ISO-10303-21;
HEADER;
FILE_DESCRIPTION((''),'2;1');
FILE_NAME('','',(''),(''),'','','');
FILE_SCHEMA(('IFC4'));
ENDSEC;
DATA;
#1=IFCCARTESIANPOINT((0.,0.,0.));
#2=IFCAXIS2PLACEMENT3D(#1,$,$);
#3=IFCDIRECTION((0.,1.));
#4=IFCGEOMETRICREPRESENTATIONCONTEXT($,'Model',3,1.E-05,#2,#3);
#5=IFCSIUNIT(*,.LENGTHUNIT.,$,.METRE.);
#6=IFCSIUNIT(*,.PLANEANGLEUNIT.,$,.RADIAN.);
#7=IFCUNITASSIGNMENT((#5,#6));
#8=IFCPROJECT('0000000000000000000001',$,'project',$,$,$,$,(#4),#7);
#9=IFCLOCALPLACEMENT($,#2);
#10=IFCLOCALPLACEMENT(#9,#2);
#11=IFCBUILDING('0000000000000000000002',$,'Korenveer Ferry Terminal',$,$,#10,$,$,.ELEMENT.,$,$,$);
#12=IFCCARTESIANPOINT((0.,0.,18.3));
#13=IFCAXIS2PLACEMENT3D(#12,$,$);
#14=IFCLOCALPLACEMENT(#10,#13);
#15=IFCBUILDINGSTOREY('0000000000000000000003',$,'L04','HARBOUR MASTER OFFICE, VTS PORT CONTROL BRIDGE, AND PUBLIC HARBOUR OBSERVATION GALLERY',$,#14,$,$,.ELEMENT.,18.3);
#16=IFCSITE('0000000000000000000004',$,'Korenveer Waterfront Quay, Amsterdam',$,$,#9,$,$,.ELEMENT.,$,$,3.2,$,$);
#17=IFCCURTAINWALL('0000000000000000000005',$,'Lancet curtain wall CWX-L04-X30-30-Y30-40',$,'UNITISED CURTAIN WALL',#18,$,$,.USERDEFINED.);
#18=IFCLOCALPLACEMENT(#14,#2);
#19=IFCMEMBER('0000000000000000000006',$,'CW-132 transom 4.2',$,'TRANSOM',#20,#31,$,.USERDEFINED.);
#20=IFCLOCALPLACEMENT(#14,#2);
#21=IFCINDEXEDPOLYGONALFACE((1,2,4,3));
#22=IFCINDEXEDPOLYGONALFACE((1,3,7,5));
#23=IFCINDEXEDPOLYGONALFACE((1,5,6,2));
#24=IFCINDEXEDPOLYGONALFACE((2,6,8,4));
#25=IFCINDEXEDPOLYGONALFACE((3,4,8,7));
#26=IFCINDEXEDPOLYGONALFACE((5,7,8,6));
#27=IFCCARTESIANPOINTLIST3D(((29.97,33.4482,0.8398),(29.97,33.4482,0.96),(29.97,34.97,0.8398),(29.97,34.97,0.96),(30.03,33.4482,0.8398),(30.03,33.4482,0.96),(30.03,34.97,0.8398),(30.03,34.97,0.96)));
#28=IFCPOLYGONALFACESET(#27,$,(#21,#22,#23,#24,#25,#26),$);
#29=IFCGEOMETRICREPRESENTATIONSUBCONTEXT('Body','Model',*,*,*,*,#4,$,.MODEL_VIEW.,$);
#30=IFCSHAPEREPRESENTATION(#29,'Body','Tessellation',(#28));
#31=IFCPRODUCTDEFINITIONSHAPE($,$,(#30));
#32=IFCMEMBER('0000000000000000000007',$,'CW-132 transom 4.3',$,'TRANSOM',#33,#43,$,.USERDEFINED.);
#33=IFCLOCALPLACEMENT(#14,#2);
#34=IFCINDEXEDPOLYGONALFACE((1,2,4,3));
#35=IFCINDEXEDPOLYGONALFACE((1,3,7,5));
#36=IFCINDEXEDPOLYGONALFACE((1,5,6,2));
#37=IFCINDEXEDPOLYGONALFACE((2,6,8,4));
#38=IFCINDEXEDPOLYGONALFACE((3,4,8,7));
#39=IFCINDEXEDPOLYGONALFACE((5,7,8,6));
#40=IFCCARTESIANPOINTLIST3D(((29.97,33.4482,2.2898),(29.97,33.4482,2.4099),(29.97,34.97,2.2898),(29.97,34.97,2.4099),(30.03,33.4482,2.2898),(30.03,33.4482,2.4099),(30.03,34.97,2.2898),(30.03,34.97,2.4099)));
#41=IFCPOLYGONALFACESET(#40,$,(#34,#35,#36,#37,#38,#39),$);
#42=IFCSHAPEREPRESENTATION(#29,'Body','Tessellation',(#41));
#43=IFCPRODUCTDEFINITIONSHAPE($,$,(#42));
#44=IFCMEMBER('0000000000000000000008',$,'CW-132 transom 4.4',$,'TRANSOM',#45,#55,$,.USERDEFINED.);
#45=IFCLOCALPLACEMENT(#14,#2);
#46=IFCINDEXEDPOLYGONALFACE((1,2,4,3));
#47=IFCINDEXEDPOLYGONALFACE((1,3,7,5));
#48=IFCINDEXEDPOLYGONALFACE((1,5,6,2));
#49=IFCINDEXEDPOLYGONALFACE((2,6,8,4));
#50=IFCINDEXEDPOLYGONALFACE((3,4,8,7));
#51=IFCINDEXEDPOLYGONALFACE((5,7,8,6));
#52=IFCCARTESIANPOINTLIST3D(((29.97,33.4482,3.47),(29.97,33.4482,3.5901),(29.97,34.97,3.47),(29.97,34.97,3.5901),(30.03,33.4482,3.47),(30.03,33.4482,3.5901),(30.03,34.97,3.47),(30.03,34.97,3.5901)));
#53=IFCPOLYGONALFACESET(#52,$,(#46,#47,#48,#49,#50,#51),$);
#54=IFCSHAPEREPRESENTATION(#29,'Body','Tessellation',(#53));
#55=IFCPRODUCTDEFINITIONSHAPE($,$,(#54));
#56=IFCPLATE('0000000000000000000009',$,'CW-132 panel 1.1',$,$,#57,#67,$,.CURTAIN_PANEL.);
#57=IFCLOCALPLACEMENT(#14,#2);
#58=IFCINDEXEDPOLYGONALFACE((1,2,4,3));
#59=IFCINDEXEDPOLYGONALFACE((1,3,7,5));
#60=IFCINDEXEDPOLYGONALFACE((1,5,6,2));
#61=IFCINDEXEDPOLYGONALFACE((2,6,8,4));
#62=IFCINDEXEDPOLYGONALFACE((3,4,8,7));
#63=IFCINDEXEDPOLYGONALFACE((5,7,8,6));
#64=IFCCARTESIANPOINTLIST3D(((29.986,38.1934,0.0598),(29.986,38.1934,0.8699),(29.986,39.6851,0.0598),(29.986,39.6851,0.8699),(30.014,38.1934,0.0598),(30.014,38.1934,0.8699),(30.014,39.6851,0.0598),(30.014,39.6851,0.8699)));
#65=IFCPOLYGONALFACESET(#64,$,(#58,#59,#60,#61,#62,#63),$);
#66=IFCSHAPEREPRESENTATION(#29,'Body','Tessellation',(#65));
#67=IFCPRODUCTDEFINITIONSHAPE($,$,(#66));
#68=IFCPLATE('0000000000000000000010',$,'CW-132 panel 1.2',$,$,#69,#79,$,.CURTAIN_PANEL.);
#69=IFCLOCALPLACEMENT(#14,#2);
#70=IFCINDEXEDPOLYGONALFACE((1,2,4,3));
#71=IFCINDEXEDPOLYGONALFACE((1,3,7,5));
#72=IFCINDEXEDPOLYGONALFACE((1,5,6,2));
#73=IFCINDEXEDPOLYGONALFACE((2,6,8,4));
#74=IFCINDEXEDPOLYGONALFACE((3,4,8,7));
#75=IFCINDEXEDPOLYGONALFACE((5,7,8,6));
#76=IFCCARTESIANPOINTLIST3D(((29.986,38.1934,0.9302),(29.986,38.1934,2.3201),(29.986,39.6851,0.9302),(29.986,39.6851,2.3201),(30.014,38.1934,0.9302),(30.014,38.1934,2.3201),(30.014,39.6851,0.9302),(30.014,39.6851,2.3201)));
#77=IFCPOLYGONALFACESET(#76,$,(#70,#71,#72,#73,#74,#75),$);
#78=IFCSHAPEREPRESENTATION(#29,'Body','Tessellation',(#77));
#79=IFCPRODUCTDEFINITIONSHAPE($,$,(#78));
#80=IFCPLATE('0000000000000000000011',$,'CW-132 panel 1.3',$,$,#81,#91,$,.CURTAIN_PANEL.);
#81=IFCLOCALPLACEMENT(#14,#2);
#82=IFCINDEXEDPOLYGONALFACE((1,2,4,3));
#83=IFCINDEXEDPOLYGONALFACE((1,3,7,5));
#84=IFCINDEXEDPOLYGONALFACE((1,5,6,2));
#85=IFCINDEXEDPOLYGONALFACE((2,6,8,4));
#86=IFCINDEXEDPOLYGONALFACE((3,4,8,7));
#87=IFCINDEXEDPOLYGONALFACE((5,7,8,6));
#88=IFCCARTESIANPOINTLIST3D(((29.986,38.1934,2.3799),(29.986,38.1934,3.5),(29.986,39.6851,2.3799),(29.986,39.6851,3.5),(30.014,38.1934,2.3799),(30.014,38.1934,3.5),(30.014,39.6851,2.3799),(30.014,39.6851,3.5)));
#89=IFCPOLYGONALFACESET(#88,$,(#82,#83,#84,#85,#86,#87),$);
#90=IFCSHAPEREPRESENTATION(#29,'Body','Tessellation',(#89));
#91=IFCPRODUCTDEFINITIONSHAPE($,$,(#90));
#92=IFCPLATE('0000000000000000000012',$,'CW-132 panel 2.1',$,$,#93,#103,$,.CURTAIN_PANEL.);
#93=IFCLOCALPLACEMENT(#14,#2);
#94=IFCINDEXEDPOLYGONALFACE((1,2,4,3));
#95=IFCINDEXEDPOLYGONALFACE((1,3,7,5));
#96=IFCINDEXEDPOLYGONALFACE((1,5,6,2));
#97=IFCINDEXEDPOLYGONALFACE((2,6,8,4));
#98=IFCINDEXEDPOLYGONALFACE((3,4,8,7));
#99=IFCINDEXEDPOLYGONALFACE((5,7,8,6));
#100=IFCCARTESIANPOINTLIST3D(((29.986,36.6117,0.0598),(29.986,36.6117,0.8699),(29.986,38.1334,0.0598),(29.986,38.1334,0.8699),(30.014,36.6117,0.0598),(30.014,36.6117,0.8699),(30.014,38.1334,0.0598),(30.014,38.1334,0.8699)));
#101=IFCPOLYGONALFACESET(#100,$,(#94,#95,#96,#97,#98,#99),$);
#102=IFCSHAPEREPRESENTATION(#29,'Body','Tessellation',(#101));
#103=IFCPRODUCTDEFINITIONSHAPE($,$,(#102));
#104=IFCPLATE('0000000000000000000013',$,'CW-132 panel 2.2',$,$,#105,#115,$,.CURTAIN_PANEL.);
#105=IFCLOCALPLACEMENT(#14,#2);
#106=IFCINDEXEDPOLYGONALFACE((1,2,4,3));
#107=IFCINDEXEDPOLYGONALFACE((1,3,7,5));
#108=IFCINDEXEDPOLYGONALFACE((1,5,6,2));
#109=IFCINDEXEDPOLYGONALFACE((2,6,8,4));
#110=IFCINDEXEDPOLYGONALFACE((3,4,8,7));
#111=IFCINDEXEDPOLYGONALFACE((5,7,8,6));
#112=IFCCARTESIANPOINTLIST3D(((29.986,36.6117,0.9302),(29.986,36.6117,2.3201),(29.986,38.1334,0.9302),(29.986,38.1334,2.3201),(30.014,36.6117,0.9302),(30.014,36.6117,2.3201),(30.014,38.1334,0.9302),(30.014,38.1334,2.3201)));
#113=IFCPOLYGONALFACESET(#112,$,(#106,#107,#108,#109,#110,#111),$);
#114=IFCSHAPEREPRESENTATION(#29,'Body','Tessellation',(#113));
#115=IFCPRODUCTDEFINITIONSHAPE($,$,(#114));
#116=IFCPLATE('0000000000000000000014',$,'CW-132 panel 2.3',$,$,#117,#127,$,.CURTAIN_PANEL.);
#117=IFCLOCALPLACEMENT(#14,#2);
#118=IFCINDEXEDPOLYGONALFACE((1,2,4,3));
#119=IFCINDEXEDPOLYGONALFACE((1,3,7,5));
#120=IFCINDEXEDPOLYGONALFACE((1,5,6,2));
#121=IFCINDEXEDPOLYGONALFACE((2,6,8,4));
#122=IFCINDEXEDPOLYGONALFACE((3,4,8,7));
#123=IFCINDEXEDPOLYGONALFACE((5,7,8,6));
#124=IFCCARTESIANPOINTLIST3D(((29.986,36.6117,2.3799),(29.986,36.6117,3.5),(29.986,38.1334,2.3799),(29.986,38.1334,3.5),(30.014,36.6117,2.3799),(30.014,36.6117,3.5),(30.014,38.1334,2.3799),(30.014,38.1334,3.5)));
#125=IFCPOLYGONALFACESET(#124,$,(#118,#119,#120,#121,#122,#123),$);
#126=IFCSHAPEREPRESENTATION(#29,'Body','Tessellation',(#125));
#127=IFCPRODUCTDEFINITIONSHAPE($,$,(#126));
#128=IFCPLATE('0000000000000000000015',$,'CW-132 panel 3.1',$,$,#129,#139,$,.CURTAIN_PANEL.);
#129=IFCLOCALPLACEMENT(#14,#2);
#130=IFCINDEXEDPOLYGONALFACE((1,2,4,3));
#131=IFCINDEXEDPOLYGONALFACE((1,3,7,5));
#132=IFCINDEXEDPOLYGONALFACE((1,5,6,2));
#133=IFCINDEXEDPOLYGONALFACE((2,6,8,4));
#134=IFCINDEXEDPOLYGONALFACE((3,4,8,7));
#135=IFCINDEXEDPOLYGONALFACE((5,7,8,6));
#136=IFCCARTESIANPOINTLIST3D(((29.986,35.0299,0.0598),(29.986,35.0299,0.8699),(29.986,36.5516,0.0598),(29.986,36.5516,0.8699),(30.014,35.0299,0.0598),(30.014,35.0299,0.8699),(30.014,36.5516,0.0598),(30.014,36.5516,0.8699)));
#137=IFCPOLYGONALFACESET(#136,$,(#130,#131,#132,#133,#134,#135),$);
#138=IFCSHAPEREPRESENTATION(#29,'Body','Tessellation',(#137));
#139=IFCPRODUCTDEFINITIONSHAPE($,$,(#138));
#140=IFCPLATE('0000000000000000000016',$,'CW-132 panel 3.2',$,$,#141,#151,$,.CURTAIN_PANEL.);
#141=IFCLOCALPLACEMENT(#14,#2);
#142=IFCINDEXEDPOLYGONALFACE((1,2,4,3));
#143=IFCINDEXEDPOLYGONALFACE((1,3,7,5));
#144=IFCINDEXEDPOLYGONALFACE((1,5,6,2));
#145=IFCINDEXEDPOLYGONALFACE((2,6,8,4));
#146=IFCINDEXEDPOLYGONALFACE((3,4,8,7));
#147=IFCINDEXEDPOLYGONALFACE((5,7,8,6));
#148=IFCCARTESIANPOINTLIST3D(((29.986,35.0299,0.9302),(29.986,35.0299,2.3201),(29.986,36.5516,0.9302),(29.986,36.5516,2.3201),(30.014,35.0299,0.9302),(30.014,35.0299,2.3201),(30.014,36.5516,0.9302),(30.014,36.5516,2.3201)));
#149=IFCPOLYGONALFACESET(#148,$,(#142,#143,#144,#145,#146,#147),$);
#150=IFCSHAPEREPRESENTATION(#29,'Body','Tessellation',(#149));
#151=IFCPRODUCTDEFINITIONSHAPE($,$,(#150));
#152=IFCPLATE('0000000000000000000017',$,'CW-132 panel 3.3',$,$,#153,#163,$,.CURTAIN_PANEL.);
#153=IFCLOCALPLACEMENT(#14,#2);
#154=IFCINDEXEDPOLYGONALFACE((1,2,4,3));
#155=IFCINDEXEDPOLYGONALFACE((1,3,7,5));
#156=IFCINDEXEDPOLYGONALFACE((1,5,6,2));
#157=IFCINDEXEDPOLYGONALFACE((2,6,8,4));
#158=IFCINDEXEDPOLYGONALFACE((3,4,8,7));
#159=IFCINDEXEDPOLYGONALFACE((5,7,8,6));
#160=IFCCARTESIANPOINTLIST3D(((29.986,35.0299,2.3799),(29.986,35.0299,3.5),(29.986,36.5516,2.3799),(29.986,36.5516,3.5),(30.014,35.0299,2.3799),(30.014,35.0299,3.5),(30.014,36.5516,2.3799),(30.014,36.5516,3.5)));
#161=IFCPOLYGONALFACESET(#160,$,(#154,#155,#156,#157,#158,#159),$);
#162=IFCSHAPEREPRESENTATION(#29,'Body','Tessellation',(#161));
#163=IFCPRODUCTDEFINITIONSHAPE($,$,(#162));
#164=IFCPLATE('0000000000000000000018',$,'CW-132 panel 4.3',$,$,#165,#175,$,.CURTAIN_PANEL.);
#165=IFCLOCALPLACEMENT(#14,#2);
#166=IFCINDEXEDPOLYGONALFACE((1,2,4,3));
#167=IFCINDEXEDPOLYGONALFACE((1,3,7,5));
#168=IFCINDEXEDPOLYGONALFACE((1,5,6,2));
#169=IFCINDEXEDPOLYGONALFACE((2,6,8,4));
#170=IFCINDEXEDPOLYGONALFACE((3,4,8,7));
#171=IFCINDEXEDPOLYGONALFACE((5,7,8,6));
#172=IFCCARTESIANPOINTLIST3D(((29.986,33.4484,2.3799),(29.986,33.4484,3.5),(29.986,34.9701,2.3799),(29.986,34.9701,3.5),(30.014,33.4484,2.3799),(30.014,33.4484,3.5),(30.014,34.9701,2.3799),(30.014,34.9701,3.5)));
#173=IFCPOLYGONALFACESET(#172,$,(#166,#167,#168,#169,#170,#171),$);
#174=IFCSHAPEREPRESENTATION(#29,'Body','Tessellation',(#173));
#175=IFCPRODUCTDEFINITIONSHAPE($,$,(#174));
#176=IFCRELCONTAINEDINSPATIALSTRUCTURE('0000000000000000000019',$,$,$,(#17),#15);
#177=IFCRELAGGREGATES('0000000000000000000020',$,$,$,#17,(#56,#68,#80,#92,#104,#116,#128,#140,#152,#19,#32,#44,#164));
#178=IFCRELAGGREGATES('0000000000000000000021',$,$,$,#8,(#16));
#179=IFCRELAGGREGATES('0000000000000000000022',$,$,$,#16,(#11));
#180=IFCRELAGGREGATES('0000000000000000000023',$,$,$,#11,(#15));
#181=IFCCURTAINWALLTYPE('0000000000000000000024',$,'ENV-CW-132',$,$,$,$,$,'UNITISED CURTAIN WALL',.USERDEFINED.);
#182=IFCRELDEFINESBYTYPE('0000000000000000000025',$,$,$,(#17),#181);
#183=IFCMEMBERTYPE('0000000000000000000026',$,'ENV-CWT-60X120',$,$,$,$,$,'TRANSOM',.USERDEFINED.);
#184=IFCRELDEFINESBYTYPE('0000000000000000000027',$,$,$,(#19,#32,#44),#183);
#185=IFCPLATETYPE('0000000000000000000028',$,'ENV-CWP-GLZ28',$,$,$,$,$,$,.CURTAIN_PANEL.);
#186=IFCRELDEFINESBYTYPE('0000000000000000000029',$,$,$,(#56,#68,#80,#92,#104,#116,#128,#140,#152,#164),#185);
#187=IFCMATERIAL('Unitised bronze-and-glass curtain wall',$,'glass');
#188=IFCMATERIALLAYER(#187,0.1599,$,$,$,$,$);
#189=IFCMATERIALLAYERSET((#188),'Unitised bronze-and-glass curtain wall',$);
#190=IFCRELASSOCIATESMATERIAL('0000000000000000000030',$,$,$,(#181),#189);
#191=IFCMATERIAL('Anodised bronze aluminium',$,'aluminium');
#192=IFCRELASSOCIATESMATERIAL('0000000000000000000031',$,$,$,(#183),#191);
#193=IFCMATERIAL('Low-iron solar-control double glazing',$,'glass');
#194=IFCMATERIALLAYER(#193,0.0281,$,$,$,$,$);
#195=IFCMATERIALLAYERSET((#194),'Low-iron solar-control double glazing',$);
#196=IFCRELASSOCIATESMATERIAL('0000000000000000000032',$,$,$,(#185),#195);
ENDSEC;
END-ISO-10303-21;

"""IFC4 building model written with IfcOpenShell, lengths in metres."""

from ifc_helpers import new_model, si_unit, direction, frame, origin, origin_2d, place, context, subcontext, project, spatial, rectangle, extrude, material, layer, layer_set, material_profile, profile_set, type_object, element, aggregate, save


model = new_model("IFC4")

# Units and contexts
model_context = context("Model", 3, precision=1e-05, world=origin(), true_north=direction((0.0, 1.0)))
body_context = subcontext(model_context, "Body", "Model", "MODEL_VIEW")
ifc_project = project(units=[si_unit("LENGTHUNIT", "METRE"), si_unit("PLANEANGLEUNIT", "RADIAN")], contexts=[model_context])

# Site, building, storey
site_placement = place(None, origin())
site = spatial("IfcSite", under=ifc_project, at=site_placement, Name="Korenveer Waterfront Quay, Amsterdam", CompositionType="ELEMENT", RefElevation=3.2)
building_placement = place(site_placement, origin())
building = spatial("IfcBuilding", under=site, at=building_placement, Name="Korenveer Ferry Terminal", CompositionType="ELEMENT")
storey_placement = place(building_placement, frame((0.0, 0.0, 18.3)))
storey = spatial("IfcBuildingStorey", under=building, at=storey_placement, Name="L04", Description="HARBOUR MASTER OFFICE, VTS PORT CONTROL BRIDGE, AND PUBLIC HARBOUR OBSERVATION GALLERY", CompositionType="ELEMENT", Elevation=18.3)

# Curtain wall, members, plates
ifc_material_1 = material(Name="Unitised bronze-and-glass curtain wall", Category="glass")
ifc_layer_1 = layer(ifc_material_1, 0.1599)
ifc_layer_set_1 = layer_set([ifc_layer_1], Name="Unitised bronze-and-glass curtain wall")
curtain_wall_type = type_object("IfcCurtainWallType", Name="ENV-CW-132", ElementType="UNITISED CURTAIN WALL", PredefinedType="USERDEFINED", material=ifc_layer_set_1)
curtain_wall_placement = place(storey_placement, frame((30.0, 39.7451, 0.0)))
curtain_wall = element("IfcCurtainWall", 1, at=curtain_wall_placement, inside=storey, type_object=curtain_wall_type, Name="Lancet curtain wall CWX-L04-X30-30-Y30-40", ObjectType="UNITISED CURTAIN WALL", PredefinedType="USERDEFINED")
ifc_material_2 = material(Name="Anodised bronze aluminium", Category="aluminium")
ifc_material_profile_1 = material_profile(ifc_material_2, rectangle(XDim=0.0601, YDim=0.1201, at=origin_2d()), Name="ALU 60x120")
ifc_profile_set_1 = profile_set([ifc_material_profile_1], Name="Anodised bronze aluminium")
member_type_1 = type_object("IfcMemberType", Name="ENV-CWT-60X120", ElementType="TRANSOM", PredefinedType="USERDEFINED", material=ifc_profile_set_1)
member_1_placement = place(storey_placement, frame((30.0, 34.97, 0.8999), z_axis=(0.0, -1.0, 0.0), x_axis=(1.0, 0.0, 0.0)))
member_1 = element("IfcMember", 2, at=member_1_placement, type_object=member_type_1, Name="CW-132 transom 4.2", ObjectType="TRANSOM", PredefinedType="USERDEFINED", context=body_context, shape_type="SweptSolid", body=[
    extrude(rectangle(XDim=0.0601, YDim=0.1201, at=origin_2d()), origin(), (0.0, 0.0, 1.0), 1.5217),
])
member_2_placement = place(storey_placement, frame((30.0, 34.97, 2.3499), z_axis=(0.0, -1.0, 0.0), x_axis=(1.0, 0.0, 0.0)))
member_2 = element("IfcMember", 3, at=member_2_placement, type_object=member_type_1, Name="CW-132 transom 4.3", ObjectType="TRANSOM", PredefinedType="USERDEFINED", context=body_context, shape_type="SweptSolid", body=[
    extrude(rectangle(XDim=0.0601, YDim=0.1201, at=origin_2d()), origin(), (0.0, 0.0, 1.0), 1.5217),
])
member_3_placement = place(storey_placement, frame((30.0, 34.97, 3.53), z_axis=(0.0, -1.0, 0.0), x_axis=(1.0, 0.0, 0.0)))
member_3 = element("IfcMember", 4, at=member_3_placement, type_object=member_type_1, Name="CW-132 transom 4.4", ObjectType="TRANSOM", PredefinedType="USERDEFINED", context=body_context, shape_type="SweptSolid", body=[
    extrude(rectangle(XDim=0.0601, YDim=0.1201, at=origin_2d()), origin(), (0.0, 0.0, 1.0), 1.5217),
])
ifc_material_3 = material(Name="Low-iron solar-control double glazing", Category="glass")
ifc_layer_2 = layer(ifc_material_3, 0.0281)
ifc_layer_set_2 = layer_set([ifc_layer_2], Name="Low-iron solar-control double glazing")
plate_type = type_object("IfcPlateType", Name="ENV-CWP-GLZ28", PredefinedType="CURTAIN_PANEL", material=ifc_layer_set_2)
plate_1_placement = place(storey_placement, frame((30.0, 38.9392, 0.0598), z_axis=(0.0, 0.0, 1.0), x_axis=(0.0, -1.0, 0.0)))
plate_1 = element("IfcPlate", 5, at=plate_1_placement, type_object=plate_type, Name="CW-132 panel 1.1", PredefinedType="CURTAIN_PANEL", context=body_context, shape_type="SweptSolid", body=[
    extrude(rectangle(XDim=1.4917, YDim=0.0281, at=origin_2d()), origin(), (0.0, 0.0, 1.0), 0.8101),
])
plate_2_placement = place(storey_placement, frame((30.0, 38.9392, 0.9302), z_axis=(0.0, 0.0, 1.0), x_axis=(0.0, -1.0, 0.0)))
plate_2 = element("IfcPlate", 6, at=plate_2_placement, type_object=plate_type, Name="CW-132 panel 1.2", PredefinedType="CURTAIN_PANEL", context=body_context, shape_type="SweptSolid", body=[
    extrude(rectangle(XDim=1.4917, YDim=0.0281, at=origin_2d()), origin(), (0.0, 0.0, 1.0), 1.3899),
])
plate_3_placement = place(storey_placement, frame((30.0, 38.9392, 2.3799), z_axis=(0.0, 0.0, 1.0), x_axis=(0.0, -1.0, 0.0)))
plate_3 = element("IfcPlate", 7, at=plate_3_placement, type_object=plate_type, Name="CW-132 panel 1.3", PredefinedType="CURTAIN_PANEL", context=body_context, shape_type="SweptSolid", body=[
    extrude(rectangle(XDim=1.4917, YDim=0.0281, at=origin_2d()), origin(), (0.0, 0.0, 1.0), 1.1201),
])
plate_4_placement = place(storey_placement, frame((30.0, 37.3726, 0.0598), z_axis=(0.0, 0.0, 1.0), x_axis=(0.0, -1.0, 0.0)))
plate_4 = element("IfcPlate", 8, at=plate_4_placement, type_object=plate_type, Name="CW-132 panel 2.1", PredefinedType="CURTAIN_PANEL", context=body_context, shape_type="SweptSolid", body=[
    extrude(rectangle(XDim=1.5217, YDim=0.0281, at=origin_2d()), origin(), (0.0, 0.0, 1.0), 0.8101),
])
plate_5_placement = place(storey_placement, frame((30.0, 37.3726, 0.9302), z_axis=(0.0, 0.0, 1.0), x_axis=(0.0, -1.0, 0.0)))
plate_5 = element("IfcPlate", 9, at=plate_5_placement, type_object=plate_type, Name="CW-132 panel 2.2", PredefinedType="CURTAIN_PANEL", context=body_context, shape_type="SweptSolid", body=[
    extrude(rectangle(XDim=1.5217, YDim=0.0281, at=origin_2d()), origin(), (0.0, 0.0, 1.0), 1.3899),
])
plate_6_placement = place(storey_placement, frame((30.0, 37.3726, 2.3799), z_axis=(0.0, 0.0, 1.0), x_axis=(0.0, -1.0, 0.0)))
plate_6 = element("IfcPlate", 10, at=plate_6_placement, type_object=plate_type, Name="CW-132 panel 2.3", PredefinedType="CURTAIN_PANEL", context=body_context, shape_type="SweptSolid", body=[
    extrude(rectangle(XDim=1.5217, YDim=0.0281, at=origin_2d()), origin(), (0.0, 0.0, 1.0), 1.1201),
])
plate_7_placement = place(storey_placement, frame((30.0, 35.7908, 0.0598), z_axis=(0.0, 0.0, 1.0), x_axis=(0.0, -1.0, 0.0)))
plate_7 = element("IfcPlate", 11, at=plate_7_placement, type_object=plate_type, Name="CW-132 panel 3.1", PredefinedType="CURTAIN_PANEL", context=body_context, shape_type="SweptSolid", body=[
    extrude(rectangle(XDim=1.5217, YDim=0.0281, at=origin_2d()), origin(), (0.0, 0.0, 1.0), 0.8101),
])
plate_8_placement = place(storey_placement, frame((30.0, 35.7908, 0.9302), z_axis=(0.0, 0.0, 1.0), x_axis=(0.0, -1.0, 0.0)))
plate_8 = element("IfcPlate", 12, at=plate_8_placement, type_object=plate_type, Name="CW-132 panel 3.2", PredefinedType="CURTAIN_PANEL", context=body_context, shape_type="SweptSolid", body=[
    extrude(rectangle(XDim=1.5217, YDim=0.0281, at=origin_2d()), origin(), (0.0, 0.0, 1.0), 1.3899),
])
plate_9_placement = place(storey_placement, frame((30.0, 35.7908, 2.3799), z_axis=(0.0, 0.0, 1.0), x_axis=(0.0, -1.0, 0.0)))
plate_9 = element("IfcPlate", 13, at=plate_9_placement, type_object=plate_type, Name="CW-132 panel 3.3", PredefinedType="CURTAIN_PANEL", context=body_context, shape_type="SweptSolid", body=[
    extrude(rectangle(XDim=1.5217, YDim=0.0281, at=origin_2d()), origin(), (0.0, 0.0, 1.0), 1.1201),
])
plate_10_placement = place(storey_placement, frame((30.0, 34.2092, 2.3799), z_axis=(0.0, 0.0, 1.0), x_axis=(0.0, -1.0, 0.0)))
plate_10 = element("IfcPlate", 14, at=plate_10_placement, type_object=plate_type, Name="CW-132 panel 4.3", PredefinedType="CURTAIN_PANEL", context=body_context, shape_type="SweptSolid", body=[
    extrude(rectangle(XDim=1.5217, YDim=0.0281, at=origin_2d()), origin(), (0.0, 0.0, 1.0), 1.1201),
])
aggregate(curtain_wall, [plate_1, plate_2, plate_3, plate_4, plate_5, plate_6, plate_7, plate_8, plate_9, member_1, member_2, member_3, plate_10])

save(model, "model.ifc")
